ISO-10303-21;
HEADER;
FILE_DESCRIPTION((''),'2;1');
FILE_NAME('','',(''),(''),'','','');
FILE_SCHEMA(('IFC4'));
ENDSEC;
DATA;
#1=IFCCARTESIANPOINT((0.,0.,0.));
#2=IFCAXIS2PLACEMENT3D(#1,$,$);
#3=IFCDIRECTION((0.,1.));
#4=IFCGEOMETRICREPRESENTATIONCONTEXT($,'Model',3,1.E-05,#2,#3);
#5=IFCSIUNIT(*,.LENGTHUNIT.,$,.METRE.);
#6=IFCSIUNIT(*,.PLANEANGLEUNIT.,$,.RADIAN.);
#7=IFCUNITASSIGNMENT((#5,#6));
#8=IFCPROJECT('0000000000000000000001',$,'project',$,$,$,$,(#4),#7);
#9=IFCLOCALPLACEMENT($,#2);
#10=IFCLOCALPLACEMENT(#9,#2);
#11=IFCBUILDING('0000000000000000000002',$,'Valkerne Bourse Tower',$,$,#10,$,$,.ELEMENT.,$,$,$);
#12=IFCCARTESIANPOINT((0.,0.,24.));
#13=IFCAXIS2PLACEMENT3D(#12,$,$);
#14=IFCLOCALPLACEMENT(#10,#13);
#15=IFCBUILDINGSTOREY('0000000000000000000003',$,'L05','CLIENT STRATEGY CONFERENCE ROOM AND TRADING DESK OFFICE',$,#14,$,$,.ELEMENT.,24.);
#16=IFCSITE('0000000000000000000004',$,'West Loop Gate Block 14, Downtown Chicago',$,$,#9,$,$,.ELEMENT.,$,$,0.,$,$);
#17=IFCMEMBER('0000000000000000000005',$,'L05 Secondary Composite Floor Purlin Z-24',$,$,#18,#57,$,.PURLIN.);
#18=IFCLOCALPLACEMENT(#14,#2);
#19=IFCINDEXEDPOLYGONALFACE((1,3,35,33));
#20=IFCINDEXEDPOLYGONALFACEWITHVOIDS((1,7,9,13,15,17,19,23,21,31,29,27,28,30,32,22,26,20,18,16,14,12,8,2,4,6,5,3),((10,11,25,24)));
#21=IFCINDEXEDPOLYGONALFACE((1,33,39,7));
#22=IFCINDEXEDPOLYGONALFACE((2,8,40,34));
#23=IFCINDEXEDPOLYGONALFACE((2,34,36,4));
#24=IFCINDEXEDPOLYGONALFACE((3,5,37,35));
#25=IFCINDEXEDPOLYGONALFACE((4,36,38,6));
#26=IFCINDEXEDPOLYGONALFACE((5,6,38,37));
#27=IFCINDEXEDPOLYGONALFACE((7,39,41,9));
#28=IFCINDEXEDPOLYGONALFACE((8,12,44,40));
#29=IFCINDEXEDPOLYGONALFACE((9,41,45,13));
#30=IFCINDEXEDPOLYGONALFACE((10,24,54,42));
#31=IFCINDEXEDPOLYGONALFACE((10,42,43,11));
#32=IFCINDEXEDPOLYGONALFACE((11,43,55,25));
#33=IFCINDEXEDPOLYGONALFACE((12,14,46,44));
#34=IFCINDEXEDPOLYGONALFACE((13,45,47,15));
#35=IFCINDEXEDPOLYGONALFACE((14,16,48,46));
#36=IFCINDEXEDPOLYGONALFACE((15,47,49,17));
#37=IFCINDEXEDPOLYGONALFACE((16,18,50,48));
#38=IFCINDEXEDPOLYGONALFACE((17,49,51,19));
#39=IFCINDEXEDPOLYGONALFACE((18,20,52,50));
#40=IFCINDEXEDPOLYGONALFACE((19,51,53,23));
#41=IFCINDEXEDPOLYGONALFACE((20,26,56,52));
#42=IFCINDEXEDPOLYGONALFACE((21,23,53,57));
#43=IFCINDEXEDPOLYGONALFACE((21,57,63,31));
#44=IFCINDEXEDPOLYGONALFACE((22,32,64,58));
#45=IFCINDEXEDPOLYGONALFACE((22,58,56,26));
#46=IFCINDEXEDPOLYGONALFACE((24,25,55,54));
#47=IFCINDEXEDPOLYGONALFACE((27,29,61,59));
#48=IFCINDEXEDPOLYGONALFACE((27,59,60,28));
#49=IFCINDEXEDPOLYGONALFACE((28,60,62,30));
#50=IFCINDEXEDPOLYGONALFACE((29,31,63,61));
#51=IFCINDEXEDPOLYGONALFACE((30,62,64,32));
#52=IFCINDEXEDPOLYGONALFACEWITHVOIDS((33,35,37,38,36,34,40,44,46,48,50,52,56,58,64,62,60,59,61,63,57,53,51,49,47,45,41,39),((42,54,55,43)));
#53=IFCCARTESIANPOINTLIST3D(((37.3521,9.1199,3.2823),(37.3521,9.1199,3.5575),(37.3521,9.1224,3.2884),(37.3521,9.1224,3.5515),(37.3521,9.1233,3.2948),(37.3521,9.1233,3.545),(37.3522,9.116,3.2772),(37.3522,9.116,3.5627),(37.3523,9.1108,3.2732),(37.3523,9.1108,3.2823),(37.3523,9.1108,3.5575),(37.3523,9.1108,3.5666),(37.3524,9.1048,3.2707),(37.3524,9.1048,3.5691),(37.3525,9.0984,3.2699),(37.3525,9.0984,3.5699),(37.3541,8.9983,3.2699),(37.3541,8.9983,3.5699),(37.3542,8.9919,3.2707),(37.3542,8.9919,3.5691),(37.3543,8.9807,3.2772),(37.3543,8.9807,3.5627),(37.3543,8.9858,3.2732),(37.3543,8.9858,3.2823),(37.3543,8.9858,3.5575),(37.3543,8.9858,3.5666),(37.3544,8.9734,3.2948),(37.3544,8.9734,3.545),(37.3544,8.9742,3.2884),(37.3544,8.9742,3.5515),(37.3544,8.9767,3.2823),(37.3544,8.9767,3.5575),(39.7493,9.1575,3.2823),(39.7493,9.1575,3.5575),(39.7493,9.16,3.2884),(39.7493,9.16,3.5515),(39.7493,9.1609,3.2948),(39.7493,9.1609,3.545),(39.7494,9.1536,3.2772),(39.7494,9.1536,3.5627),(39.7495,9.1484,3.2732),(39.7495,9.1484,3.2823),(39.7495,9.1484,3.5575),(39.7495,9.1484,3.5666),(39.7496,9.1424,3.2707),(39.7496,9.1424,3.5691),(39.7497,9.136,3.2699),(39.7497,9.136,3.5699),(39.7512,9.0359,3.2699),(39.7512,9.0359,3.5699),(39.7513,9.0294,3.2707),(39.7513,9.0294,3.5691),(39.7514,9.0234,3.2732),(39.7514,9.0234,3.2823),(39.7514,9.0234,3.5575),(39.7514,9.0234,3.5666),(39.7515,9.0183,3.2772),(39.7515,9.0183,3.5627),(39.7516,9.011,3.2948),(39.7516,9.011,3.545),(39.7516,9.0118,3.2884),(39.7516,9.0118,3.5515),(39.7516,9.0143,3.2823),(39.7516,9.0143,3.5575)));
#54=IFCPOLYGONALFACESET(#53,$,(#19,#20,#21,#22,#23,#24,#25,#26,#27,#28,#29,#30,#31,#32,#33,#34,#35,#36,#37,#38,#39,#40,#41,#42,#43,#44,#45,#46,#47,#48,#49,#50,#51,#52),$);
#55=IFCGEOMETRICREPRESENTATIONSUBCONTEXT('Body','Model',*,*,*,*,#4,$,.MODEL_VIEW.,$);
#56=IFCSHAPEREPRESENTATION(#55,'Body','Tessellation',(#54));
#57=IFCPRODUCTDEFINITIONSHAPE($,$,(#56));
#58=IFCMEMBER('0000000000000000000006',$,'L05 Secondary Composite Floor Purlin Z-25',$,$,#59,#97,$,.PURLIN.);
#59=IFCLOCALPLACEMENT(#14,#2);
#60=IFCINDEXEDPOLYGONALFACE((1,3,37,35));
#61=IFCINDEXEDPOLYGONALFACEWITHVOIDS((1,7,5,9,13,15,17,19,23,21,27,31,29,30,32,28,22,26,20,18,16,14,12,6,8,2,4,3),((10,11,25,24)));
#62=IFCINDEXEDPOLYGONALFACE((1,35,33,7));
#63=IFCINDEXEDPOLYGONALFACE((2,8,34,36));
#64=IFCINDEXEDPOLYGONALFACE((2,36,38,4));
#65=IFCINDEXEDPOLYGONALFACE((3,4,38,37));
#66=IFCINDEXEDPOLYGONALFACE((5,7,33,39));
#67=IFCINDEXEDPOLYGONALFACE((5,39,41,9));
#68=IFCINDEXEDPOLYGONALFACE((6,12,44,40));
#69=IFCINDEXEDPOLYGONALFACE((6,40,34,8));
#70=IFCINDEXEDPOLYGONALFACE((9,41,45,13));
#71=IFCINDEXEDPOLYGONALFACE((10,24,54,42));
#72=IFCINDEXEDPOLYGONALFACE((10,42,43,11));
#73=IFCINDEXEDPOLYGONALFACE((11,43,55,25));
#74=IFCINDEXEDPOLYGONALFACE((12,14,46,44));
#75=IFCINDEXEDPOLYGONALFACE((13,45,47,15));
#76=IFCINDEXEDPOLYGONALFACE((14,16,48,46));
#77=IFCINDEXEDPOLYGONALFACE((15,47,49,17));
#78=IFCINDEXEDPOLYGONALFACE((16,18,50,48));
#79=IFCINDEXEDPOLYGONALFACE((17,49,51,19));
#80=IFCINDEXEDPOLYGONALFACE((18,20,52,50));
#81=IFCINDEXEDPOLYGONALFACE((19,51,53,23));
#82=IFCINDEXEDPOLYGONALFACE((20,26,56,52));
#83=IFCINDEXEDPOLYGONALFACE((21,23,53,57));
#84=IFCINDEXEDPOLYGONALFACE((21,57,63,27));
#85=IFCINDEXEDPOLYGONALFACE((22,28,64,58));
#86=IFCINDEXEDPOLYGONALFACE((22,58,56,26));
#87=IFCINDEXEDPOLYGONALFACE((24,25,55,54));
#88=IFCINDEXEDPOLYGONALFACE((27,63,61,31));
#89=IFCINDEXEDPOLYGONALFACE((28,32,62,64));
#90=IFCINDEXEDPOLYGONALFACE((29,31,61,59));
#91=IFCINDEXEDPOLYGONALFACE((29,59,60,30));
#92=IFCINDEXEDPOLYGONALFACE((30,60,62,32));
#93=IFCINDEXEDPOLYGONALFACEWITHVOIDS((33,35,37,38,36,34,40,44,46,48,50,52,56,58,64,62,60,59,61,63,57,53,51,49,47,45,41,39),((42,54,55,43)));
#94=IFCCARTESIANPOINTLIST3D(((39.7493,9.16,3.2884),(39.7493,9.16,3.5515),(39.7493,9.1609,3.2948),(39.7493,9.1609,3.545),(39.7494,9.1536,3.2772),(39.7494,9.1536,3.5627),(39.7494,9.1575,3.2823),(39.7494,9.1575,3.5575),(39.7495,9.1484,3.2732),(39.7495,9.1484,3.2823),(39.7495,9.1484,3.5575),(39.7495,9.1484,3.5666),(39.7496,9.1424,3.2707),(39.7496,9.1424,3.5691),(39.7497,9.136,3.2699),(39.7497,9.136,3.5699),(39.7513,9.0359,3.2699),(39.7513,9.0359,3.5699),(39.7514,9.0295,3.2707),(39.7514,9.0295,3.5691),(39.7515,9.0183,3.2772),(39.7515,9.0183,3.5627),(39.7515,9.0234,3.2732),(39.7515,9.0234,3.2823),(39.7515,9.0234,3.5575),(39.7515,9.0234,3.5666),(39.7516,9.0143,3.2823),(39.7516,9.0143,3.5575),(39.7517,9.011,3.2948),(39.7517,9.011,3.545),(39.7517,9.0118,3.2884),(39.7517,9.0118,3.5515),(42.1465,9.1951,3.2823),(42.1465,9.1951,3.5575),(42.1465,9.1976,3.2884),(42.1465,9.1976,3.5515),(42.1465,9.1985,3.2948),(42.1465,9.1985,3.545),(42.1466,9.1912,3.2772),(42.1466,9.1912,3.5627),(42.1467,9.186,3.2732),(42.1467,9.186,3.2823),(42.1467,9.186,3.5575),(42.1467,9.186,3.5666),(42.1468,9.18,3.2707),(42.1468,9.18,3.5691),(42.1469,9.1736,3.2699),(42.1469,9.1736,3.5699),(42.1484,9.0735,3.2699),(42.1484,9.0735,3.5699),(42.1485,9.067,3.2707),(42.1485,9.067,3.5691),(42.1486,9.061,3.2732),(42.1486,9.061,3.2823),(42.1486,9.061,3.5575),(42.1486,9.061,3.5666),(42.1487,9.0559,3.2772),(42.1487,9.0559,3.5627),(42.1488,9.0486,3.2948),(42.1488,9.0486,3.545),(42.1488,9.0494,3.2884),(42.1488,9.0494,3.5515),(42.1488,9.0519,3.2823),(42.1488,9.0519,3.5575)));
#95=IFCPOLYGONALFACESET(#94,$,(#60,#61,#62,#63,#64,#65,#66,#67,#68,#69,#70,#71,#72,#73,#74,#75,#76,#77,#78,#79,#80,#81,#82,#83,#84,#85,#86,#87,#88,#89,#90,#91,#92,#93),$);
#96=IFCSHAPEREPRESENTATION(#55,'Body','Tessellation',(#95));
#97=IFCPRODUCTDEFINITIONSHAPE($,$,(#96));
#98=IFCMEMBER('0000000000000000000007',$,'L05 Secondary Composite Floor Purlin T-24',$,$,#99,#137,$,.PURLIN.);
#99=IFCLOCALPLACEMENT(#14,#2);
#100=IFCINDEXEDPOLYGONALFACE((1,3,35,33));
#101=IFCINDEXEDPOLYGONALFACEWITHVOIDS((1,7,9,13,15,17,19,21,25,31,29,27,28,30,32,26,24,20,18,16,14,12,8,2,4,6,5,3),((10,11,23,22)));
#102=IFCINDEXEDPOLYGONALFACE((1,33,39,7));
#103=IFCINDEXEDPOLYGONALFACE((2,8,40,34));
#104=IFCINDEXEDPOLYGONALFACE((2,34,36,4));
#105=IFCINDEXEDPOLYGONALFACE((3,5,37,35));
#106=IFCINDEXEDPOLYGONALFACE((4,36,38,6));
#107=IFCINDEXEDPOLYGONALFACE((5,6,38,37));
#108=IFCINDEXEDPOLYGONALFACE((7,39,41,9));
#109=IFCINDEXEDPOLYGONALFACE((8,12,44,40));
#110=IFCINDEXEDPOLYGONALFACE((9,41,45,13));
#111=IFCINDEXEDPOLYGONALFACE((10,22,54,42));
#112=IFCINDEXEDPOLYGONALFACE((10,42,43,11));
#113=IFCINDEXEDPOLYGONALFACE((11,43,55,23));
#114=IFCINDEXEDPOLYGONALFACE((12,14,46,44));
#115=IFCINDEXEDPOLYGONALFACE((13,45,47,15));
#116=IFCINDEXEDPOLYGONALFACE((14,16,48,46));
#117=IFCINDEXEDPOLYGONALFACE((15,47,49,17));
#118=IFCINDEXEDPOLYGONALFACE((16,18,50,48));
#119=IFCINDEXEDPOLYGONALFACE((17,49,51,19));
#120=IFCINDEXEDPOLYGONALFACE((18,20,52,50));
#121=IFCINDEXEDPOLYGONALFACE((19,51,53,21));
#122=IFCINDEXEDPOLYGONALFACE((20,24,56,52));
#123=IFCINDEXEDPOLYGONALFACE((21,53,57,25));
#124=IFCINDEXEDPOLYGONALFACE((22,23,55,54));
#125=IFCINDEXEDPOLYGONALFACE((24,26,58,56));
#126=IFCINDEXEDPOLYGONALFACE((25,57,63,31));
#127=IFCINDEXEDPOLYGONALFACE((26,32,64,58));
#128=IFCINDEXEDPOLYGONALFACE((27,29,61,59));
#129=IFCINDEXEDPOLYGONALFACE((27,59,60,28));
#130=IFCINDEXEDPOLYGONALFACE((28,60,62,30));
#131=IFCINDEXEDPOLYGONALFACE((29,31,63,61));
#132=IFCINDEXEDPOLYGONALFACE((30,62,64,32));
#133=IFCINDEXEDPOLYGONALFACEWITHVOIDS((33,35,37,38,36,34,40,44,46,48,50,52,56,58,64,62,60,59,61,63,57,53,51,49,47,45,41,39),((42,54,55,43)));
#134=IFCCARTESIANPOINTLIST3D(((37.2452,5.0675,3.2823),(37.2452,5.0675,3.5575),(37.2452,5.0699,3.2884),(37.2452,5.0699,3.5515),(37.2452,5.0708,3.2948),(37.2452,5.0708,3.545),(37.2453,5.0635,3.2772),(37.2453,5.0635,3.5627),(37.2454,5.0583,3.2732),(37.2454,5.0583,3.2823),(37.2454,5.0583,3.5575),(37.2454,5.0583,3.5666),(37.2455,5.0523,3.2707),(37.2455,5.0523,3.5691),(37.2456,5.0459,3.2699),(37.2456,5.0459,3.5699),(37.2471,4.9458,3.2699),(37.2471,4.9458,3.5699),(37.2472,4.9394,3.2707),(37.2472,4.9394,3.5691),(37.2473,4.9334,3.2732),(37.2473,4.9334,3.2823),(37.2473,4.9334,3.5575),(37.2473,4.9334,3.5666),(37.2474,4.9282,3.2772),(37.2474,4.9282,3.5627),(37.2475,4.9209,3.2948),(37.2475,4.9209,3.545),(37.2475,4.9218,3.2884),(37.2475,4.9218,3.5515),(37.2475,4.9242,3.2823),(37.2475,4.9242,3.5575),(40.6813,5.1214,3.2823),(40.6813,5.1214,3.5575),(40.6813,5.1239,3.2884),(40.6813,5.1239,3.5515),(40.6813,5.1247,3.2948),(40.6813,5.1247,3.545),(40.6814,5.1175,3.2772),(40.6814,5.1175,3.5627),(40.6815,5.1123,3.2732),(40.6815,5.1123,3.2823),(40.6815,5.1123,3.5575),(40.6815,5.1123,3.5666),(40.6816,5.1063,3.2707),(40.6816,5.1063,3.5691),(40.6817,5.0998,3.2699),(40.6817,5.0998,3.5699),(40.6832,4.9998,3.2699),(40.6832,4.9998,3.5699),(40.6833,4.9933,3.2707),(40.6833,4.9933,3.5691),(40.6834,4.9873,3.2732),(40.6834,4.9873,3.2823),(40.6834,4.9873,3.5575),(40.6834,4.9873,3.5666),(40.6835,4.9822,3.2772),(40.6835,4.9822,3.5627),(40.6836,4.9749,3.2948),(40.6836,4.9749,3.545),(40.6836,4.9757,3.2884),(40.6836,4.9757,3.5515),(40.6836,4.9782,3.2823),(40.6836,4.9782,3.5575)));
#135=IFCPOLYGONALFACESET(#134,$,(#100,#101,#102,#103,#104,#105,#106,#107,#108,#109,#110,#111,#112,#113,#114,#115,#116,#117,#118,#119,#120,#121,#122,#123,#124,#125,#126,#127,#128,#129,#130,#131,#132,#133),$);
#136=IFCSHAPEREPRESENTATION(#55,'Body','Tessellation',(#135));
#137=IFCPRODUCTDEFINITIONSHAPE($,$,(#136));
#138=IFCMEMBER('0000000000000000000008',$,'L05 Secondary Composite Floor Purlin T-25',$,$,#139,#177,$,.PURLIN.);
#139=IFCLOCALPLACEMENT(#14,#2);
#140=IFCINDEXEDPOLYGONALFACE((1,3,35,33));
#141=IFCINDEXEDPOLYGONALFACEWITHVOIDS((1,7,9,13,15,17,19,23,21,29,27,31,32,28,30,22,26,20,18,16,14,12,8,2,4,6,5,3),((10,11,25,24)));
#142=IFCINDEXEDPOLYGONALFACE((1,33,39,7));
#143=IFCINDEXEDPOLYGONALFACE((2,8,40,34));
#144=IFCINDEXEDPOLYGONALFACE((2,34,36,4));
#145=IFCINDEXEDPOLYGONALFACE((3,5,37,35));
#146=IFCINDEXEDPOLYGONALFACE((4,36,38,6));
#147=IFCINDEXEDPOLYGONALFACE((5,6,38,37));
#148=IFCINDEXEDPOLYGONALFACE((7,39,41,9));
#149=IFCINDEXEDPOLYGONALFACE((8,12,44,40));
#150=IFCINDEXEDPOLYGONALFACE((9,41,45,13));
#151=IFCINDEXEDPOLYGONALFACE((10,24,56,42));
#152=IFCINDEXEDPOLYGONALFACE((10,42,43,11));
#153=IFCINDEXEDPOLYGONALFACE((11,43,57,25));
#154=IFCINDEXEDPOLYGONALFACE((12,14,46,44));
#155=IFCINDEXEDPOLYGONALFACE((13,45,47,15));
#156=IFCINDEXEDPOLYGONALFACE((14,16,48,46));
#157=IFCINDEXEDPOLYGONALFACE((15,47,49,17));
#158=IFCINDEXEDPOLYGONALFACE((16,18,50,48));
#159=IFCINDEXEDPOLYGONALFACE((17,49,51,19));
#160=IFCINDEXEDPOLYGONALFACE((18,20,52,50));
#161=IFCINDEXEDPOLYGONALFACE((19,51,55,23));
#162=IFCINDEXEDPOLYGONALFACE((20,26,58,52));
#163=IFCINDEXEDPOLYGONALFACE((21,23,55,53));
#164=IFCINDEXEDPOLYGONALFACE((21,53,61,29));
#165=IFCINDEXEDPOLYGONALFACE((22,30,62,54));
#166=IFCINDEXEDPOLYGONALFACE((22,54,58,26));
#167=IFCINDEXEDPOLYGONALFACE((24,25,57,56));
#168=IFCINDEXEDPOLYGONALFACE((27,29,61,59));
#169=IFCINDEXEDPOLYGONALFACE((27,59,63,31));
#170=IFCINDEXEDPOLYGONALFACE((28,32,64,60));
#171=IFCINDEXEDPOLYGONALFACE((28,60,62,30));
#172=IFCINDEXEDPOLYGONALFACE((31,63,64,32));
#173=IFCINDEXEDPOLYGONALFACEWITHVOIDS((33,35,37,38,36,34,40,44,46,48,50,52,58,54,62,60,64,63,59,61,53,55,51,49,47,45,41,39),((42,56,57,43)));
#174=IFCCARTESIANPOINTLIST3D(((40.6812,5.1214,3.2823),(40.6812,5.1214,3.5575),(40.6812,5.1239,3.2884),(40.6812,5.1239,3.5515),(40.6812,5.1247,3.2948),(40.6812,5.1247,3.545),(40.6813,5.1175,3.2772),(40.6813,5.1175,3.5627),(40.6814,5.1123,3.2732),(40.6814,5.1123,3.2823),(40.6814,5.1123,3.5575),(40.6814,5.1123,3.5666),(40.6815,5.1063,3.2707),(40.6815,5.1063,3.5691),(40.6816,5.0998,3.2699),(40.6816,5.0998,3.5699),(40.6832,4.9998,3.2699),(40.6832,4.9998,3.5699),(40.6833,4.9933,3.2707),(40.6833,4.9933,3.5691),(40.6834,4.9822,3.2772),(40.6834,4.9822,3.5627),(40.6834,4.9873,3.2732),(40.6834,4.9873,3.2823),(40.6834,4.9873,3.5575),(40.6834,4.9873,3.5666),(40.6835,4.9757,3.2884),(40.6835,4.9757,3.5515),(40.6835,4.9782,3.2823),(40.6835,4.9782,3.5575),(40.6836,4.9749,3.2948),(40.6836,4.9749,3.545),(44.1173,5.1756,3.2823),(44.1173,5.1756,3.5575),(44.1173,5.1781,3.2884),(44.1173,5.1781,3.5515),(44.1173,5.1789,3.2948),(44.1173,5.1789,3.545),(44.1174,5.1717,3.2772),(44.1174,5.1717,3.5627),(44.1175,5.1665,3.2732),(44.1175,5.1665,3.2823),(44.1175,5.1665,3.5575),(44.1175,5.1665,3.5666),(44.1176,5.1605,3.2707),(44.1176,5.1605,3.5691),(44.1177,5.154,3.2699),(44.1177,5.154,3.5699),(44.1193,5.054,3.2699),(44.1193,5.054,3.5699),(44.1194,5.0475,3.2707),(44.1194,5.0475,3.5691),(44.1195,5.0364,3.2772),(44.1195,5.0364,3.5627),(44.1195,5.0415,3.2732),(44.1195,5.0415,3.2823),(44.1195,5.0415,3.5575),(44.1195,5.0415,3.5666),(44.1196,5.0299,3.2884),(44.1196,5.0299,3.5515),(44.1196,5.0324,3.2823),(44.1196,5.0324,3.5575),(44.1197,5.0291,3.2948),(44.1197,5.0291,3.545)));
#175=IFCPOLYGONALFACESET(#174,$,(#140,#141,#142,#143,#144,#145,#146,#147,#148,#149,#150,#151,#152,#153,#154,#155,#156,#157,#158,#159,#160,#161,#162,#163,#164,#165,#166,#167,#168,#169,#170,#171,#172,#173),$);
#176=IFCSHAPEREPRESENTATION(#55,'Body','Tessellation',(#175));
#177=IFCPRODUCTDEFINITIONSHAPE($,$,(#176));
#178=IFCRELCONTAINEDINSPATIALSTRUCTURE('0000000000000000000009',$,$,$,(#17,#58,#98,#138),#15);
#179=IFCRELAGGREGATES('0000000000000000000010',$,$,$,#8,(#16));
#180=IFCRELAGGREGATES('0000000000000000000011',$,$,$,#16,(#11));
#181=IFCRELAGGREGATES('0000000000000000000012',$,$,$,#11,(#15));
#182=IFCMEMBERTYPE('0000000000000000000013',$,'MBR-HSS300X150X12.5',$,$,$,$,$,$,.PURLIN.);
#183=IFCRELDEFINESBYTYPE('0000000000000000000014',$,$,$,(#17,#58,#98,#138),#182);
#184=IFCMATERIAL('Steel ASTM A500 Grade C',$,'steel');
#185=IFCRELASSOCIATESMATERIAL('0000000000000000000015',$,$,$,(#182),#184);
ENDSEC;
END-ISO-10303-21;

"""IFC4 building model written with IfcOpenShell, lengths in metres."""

from ifc_helpers import new_model, si_unit, direction, frame, origin, origin_2d, place, context, subcontext, project, spatial, hollow_rectangle, extrude, material, material_profile, profile_set, type_object, element, save


model = new_model("IFC4")

# Units and contexts
model_context = context("Model", 3, precision=1e-05, world=origin(), true_north=direction((0.0, 1.0)))
body_context = subcontext(model_context, "Body", "Model", "MODEL_VIEW")
ifc_project = project(units=[si_unit("LENGTHUNIT", "METRE"), si_unit("PLANEANGLEUNIT", "RADIAN")], contexts=[model_context])

# Site, building, storey
site_placement = place(None, origin())
site = spatial("IfcSite", under=ifc_project, at=site_placement, Name="West Loop Gate Block 14, Downtown Chicago", CompositionType="ELEMENT", RefElevation=0.0)
building_placement = place(site_placement, origin())
building = spatial("IfcBuilding", under=site, at=building_placement, Name="Valkerne Bourse Tower", CompositionType="ELEMENT")
storey_placement = place(building_placement, frame((0.0, 0.0, 24.0)))
storey = spatial("IfcBuildingStorey", under=building, at=storey_placement, Name="L05", Description="CLIENT STRATEGY CONFERENCE ROOM AND TRADING DESK OFFICE", CompositionType="ELEMENT", Elevation=24.0)

# Members
ifc_material_1 = material(Name="Steel ASTM A500 Grade C", Category="steel")
ifc_material_profile_1 = material_profile(ifc_material_1, hollow_rectangle(XDim=0.1499, YDim=0.3, WallThickness=0.0125, OuterFilletRadius=0.0249, at=origin_2d()), Name="HSS300X150X12.5")
ifc_profile_set_1 = profile_set([ifc_material_profile_1], Name="Steel ASTM A500 Grade C")
member_type_1 = type_object("IfcMemberType", Name="MBR-HSS300X150X12.5", PredefinedType="PURLIN", material=ifc_profile_set_1)
for number, where, z_axis, x_axis, name in (
    (1, (37.3533, 9.0483, 3.4199), (0.999877, 0.015682, 0.0), (-0.015682, 0.999877, 0.0), "L05 Secondary Composite Floor Purlin Z-24"),
    (2, (39.7505, 9.0859, 3.4199), (0.999877, 0.015682, 0.0), (-0.015682, 0.999877, 0.0), "L05 Secondary Composite Floor Purlin Z-25"),
):
    element("IfcMember", number, at=place(storey_placement, frame(where, z_axis=z_axis, x_axis=x_axis)), inside=storey, type_object=member_type_1, Name=name, PredefinedType="PURLIN", context=body_context, shape_type="SweptSolid", body=[
        extrude(hollow_rectangle(XDim=0.1499, YDim=0.3, WallThickness=0.0125, OuterFilletRadius=0.0249, at=origin_2d()), origin(), (0.0, 0.0, 1.0), 2.3975),
    ])
for number, where, z_axis, x_axis, name in (
    (3, (37.2463, 4.9958, 3.4199), (0.999877, 0.015701, 0.0), (-0.015701, 0.999877, 0.0), "L05 Secondary Composite Floor Purlin T-24"),
    (4, (40.6824, 5.0498, 3.4199), (0.999876, 0.015772, 0.0), (-0.015772, 0.999876, 0.0), "L05 Secondary Composite Floor Purlin T-25"),
):
    element("IfcMember", number, at=place(storey_placement, frame(where, z_axis=z_axis, x_axis=x_axis)), inside=storey, type_object=member_type_1, Name=name, PredefinedType="PURLIN", context=body_context, shape_type="SweptSolid", body=[
        extrude(hollow_rectangle(XDim=0.1499, YDim=0.3, WallThickness=0.0125, OuterFilletRadius=0.0249, at=origin_2d()), origin(), (0.0, 0.0, 1.0), 3.4365),
    ])

save(model, "model.ifc")
